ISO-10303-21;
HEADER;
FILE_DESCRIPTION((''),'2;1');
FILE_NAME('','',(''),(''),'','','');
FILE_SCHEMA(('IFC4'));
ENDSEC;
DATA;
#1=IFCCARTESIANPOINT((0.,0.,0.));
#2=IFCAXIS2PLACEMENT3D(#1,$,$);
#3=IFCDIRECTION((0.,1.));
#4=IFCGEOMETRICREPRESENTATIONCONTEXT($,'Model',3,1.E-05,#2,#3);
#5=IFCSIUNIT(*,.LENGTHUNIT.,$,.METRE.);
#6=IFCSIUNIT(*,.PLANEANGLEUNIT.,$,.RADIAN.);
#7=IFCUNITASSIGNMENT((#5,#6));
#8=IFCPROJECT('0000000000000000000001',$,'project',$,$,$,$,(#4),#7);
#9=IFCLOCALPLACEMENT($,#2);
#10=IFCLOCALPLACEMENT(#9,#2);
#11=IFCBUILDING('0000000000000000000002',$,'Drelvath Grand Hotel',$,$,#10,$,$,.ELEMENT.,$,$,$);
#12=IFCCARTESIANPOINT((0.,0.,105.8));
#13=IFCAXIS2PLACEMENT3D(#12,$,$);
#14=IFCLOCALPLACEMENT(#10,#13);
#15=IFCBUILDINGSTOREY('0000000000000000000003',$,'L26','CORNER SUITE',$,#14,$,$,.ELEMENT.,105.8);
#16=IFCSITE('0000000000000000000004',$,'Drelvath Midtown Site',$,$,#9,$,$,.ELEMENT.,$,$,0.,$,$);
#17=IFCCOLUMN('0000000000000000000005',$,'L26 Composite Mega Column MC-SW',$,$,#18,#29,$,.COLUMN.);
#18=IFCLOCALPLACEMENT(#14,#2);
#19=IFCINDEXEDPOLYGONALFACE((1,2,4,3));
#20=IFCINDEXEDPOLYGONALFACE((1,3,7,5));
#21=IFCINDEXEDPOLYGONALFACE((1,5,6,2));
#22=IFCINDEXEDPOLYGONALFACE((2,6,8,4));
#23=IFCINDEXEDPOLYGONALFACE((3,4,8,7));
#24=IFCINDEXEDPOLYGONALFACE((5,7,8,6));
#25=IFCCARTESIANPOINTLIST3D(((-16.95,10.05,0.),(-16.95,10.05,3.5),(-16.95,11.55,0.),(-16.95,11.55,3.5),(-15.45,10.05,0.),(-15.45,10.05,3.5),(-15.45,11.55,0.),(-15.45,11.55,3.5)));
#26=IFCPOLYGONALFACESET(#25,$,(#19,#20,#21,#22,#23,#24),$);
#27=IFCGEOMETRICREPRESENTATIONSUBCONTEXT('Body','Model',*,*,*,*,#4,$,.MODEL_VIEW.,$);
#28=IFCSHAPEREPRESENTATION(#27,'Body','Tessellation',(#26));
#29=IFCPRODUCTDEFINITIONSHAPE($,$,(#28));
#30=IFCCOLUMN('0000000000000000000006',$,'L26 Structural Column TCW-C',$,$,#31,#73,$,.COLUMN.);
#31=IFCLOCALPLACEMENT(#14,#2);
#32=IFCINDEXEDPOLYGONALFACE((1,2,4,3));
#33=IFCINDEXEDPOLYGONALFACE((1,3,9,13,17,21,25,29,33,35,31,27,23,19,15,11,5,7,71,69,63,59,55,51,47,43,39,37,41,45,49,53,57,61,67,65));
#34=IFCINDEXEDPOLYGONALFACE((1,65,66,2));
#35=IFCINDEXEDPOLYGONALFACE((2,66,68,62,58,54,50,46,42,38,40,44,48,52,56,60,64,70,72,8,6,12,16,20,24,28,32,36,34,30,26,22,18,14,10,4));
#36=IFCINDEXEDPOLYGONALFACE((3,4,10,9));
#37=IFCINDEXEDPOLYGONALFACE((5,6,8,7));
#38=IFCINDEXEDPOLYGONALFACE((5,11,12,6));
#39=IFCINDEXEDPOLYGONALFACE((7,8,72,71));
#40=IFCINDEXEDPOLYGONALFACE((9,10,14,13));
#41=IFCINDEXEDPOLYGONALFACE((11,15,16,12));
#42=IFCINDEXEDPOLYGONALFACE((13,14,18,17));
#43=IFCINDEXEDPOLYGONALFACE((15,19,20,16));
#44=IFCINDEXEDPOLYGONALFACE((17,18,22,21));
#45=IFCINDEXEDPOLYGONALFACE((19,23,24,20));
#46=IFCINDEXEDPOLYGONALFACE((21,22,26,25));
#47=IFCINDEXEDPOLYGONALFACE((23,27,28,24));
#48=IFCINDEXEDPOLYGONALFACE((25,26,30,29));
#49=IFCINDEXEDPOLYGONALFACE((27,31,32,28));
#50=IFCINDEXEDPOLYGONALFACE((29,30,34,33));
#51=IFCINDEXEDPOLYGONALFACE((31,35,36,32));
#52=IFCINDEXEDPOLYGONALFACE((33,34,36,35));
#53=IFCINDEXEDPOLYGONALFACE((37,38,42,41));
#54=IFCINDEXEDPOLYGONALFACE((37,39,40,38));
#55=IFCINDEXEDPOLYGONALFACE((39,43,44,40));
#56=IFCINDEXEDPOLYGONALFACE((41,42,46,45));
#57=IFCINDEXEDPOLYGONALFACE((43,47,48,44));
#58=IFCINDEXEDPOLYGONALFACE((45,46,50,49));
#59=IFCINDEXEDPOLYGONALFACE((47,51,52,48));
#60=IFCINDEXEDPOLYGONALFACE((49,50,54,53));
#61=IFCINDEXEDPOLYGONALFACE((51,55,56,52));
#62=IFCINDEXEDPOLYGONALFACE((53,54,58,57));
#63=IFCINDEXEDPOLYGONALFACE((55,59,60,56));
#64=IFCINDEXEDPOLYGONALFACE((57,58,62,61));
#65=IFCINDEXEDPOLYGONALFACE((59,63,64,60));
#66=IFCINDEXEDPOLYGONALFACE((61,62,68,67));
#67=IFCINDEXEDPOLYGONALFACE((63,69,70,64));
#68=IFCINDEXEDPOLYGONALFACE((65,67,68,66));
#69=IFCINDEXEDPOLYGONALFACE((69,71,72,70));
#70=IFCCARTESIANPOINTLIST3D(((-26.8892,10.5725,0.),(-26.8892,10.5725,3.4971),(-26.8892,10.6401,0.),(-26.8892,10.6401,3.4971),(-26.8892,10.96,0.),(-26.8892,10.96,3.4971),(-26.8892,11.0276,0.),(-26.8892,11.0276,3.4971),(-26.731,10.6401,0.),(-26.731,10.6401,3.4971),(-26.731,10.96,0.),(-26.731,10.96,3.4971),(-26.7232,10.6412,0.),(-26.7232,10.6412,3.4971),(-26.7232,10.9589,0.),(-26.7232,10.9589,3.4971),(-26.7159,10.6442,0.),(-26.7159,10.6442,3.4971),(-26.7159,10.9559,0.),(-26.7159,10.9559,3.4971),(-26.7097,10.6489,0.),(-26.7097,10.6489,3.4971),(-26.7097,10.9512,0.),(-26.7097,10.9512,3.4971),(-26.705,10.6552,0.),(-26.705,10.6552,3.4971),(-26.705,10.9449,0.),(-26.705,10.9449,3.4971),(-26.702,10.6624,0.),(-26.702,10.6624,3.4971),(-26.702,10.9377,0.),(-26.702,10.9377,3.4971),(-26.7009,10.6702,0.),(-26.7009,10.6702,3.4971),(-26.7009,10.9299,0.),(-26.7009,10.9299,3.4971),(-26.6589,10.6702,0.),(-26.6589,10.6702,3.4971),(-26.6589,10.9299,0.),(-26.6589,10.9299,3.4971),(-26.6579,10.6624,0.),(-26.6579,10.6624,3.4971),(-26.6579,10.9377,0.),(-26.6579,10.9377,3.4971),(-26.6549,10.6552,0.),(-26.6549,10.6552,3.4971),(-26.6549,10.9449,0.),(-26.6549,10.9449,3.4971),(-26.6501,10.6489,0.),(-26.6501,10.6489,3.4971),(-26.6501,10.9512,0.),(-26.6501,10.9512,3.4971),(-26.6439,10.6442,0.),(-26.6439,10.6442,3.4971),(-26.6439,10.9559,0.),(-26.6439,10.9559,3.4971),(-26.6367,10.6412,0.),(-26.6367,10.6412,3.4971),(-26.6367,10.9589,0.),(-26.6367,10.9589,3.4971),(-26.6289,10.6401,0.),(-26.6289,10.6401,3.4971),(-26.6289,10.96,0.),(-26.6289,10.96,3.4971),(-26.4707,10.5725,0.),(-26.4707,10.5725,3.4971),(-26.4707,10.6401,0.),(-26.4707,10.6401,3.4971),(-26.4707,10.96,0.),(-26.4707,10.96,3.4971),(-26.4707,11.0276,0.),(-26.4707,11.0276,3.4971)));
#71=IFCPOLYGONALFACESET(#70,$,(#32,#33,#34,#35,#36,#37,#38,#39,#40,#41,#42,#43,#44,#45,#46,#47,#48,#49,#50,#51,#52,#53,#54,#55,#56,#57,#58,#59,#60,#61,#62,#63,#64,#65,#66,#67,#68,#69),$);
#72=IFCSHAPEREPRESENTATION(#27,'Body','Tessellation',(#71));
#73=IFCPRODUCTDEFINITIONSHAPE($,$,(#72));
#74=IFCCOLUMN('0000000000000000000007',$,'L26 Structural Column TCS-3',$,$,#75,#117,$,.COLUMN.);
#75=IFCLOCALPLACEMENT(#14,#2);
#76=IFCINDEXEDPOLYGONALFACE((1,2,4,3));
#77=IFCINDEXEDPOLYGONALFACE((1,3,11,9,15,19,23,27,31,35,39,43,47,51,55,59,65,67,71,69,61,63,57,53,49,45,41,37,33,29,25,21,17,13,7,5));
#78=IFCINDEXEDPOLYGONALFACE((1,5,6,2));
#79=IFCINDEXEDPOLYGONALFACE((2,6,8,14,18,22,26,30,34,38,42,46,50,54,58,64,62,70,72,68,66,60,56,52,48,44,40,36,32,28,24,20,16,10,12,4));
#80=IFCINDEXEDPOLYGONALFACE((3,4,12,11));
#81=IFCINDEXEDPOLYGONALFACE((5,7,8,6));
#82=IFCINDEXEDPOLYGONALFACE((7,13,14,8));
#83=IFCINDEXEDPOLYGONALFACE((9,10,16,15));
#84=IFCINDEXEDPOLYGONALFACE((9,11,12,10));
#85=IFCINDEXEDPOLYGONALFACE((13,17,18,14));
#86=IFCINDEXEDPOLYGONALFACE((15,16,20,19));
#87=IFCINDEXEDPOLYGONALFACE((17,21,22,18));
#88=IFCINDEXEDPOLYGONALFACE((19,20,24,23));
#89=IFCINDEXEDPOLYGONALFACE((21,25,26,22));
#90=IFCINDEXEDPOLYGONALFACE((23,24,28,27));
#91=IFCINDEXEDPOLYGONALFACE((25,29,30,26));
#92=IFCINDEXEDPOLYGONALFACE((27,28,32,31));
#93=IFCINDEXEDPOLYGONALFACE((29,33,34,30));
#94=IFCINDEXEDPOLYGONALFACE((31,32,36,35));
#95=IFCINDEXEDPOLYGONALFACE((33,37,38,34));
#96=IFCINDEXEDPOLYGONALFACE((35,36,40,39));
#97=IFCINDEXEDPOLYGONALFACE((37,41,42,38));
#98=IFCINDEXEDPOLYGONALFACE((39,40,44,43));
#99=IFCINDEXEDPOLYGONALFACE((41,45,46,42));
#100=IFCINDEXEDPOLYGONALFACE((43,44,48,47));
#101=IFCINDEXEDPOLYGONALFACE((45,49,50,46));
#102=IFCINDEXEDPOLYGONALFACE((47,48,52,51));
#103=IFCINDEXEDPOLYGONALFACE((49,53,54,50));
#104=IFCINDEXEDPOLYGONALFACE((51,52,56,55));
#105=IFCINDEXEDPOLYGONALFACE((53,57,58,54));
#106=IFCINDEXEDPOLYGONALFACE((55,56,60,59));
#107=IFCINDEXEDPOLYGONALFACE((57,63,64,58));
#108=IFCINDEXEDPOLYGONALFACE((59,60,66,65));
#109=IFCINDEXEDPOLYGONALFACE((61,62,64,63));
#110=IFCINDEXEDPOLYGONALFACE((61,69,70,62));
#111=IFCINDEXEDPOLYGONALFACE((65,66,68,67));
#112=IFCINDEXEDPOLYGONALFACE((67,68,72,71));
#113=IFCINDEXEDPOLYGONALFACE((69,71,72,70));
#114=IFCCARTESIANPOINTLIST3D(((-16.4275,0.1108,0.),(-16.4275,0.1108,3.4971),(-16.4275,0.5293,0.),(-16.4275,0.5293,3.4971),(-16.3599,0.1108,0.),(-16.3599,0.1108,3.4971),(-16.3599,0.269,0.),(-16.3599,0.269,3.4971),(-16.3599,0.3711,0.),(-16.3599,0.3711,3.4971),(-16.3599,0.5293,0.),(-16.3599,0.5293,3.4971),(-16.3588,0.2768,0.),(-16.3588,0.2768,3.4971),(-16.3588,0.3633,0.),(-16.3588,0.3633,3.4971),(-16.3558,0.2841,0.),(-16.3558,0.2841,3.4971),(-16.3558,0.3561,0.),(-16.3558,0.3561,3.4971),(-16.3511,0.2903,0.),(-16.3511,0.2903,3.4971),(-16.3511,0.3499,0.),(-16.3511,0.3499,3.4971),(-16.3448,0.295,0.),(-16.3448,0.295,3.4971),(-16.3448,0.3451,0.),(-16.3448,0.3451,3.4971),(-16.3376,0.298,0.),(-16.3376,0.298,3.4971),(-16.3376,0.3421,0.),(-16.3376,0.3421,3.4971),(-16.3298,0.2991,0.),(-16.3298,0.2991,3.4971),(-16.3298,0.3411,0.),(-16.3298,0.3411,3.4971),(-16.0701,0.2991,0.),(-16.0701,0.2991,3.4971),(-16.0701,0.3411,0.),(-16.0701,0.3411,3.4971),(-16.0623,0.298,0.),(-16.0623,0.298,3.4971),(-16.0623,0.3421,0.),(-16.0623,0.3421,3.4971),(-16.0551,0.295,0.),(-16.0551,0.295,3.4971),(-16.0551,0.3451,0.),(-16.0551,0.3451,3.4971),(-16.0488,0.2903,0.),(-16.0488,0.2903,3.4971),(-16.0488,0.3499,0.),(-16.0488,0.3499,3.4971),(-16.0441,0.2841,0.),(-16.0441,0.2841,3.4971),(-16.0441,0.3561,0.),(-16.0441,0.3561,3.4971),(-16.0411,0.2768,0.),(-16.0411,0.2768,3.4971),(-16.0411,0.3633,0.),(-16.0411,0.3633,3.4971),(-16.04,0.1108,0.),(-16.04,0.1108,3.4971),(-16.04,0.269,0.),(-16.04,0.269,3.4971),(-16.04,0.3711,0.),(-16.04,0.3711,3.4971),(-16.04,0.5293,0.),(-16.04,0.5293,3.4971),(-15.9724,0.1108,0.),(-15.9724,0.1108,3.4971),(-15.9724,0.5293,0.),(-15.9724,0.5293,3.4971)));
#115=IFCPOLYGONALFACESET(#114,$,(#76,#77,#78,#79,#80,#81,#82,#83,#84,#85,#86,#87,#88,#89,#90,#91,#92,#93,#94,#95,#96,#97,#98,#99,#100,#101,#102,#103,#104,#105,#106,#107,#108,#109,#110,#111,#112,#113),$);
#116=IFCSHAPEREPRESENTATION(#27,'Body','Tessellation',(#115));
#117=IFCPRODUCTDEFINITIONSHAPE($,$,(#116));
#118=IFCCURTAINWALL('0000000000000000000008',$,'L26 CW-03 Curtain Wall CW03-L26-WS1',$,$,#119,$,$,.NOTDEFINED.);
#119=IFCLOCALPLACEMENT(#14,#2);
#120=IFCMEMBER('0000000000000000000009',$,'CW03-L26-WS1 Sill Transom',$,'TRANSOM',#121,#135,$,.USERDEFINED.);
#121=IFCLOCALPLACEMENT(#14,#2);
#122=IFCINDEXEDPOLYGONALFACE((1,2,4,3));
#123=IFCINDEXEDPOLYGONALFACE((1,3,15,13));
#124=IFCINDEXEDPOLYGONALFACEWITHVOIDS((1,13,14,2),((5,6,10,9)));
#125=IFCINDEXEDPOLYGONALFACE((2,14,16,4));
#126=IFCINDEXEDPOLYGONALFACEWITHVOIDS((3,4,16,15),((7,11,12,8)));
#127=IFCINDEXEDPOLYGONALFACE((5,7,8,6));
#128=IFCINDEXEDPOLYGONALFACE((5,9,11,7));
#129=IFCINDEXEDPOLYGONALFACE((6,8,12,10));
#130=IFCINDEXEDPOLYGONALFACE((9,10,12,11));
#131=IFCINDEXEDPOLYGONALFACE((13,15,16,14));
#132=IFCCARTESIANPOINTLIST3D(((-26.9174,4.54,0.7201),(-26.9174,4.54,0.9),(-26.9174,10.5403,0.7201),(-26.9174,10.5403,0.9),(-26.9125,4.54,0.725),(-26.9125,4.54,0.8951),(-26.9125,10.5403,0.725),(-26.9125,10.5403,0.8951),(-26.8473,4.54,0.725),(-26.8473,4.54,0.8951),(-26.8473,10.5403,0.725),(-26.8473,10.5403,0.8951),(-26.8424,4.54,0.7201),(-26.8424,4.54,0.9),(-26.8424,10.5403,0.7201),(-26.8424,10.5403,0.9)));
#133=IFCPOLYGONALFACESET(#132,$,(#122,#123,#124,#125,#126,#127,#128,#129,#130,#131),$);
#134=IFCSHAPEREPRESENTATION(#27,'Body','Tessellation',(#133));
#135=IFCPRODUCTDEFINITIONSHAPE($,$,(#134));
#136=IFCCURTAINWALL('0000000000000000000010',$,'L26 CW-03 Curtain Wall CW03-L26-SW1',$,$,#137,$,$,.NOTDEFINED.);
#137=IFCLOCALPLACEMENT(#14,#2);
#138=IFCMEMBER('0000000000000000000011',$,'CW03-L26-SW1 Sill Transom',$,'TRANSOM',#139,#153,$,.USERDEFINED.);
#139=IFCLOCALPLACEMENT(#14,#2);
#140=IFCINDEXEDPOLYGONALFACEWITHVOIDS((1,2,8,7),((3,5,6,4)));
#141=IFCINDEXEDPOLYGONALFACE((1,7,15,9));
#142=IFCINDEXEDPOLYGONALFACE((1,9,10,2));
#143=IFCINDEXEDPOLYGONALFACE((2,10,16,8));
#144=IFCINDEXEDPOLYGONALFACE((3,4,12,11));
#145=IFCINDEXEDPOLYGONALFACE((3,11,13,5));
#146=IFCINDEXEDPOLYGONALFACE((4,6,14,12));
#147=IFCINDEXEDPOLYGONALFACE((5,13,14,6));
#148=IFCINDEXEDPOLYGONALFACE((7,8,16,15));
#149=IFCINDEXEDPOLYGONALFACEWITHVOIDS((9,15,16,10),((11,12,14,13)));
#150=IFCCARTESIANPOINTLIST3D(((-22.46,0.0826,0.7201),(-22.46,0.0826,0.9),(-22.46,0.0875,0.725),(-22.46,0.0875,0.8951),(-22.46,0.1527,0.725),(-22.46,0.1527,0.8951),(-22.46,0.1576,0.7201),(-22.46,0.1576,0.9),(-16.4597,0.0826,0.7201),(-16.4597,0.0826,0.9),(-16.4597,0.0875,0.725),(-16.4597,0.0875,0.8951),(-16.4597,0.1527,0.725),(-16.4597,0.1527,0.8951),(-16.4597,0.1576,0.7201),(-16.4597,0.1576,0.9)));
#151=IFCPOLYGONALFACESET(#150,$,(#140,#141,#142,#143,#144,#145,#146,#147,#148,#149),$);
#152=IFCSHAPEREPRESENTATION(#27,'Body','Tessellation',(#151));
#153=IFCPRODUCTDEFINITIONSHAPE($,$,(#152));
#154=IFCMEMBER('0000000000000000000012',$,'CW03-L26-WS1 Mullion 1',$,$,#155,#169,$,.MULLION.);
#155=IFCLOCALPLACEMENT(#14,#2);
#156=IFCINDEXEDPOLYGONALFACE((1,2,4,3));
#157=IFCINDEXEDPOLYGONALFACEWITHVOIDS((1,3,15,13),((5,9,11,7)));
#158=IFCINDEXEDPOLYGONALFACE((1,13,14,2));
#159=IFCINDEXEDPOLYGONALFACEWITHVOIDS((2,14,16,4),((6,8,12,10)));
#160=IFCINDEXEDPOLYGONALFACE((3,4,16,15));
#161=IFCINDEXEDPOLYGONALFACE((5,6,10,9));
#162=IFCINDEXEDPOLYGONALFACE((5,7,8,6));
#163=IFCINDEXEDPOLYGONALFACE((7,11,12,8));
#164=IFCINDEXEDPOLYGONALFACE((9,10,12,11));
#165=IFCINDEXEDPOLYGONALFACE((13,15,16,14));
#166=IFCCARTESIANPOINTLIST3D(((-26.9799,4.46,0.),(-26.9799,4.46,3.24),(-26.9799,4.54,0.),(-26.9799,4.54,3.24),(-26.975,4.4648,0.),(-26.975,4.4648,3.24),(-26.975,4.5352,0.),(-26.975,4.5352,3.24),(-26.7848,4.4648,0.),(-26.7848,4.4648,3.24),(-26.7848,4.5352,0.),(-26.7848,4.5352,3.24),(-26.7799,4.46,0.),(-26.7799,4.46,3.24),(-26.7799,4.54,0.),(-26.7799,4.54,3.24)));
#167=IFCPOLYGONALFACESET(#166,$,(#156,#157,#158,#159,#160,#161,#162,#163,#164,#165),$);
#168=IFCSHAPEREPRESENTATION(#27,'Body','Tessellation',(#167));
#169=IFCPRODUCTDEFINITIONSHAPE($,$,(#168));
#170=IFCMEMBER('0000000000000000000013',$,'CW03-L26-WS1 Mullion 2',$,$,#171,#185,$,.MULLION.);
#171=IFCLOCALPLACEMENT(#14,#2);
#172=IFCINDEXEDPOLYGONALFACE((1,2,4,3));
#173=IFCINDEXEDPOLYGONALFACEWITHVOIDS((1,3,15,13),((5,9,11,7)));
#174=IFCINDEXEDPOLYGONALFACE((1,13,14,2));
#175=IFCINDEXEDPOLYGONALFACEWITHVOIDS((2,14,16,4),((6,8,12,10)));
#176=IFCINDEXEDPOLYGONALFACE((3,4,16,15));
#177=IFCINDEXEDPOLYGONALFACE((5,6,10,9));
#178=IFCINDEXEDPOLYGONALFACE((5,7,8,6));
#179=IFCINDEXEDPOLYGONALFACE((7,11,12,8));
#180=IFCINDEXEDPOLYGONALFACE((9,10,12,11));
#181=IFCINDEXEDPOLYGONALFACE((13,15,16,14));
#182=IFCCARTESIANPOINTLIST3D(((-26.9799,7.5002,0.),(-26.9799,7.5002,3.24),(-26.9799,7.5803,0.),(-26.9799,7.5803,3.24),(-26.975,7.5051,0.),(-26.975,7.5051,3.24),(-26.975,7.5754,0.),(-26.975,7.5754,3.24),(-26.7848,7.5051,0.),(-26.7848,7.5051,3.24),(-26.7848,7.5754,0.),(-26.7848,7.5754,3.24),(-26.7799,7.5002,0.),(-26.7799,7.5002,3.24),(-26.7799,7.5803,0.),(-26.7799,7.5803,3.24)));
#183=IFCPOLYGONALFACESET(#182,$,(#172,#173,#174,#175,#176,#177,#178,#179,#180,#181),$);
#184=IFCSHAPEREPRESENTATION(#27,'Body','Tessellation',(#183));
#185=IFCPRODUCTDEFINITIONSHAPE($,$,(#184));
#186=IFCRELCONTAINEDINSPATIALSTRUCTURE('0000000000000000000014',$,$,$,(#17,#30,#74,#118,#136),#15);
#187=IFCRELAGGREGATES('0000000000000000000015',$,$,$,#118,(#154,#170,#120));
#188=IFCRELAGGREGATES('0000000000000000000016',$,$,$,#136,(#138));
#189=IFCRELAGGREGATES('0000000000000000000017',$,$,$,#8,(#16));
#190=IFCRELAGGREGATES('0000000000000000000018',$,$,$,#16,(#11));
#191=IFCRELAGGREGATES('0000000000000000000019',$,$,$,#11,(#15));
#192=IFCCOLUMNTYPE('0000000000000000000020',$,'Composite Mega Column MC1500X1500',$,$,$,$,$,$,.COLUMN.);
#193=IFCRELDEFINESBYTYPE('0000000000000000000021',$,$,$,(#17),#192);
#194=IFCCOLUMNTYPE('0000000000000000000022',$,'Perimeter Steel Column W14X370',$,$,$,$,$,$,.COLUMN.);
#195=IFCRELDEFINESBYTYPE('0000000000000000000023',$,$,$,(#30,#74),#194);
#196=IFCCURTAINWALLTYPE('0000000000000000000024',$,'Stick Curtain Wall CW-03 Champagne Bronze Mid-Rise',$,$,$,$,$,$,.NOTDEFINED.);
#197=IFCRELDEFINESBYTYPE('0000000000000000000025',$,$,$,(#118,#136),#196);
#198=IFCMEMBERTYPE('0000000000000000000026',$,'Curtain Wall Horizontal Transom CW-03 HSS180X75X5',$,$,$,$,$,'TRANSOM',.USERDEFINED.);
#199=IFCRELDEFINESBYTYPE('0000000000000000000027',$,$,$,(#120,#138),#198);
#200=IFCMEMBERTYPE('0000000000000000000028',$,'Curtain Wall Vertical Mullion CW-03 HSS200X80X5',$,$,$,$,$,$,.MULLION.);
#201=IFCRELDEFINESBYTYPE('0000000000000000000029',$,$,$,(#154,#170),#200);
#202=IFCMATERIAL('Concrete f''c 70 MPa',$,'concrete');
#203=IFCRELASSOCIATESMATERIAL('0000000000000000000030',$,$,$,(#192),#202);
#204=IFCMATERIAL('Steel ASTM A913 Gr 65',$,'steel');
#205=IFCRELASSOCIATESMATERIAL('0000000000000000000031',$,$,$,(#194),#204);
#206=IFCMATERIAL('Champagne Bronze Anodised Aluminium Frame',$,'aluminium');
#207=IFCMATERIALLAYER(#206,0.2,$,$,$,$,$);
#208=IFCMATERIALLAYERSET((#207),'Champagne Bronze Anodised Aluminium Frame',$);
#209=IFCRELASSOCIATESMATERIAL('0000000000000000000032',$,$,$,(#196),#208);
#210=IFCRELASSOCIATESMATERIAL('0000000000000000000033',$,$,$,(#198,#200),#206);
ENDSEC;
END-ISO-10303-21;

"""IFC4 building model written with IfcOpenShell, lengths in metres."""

from ifc_helpers import new_model, si_unit, direction, frame, origin, origin_2d, place, context, subcontext, project, spatial, rectangle, hollow_rectangle, i_section, extrude, material, layer, layer_set, material_profile, profile_set, type_object, element, aggregate, save


model = new_model("IFC4")

# Units and contexts
model_context = context("Model", 3, precision=1e-05, world=origin(), true_north=direction((0.0, 1.0)))
body_context = subcontext(model_context, "Body", "Model", "MODEL_VIEW")
ifc_project = project(units=[si_unit("LENGTHUNIT", "METRE"), si_unit("PLANEANGLEUNIT", "RADIAN")], contexts=[model_context])

# Site, building, storey
site_placement = place(None, origin())
site = spatial("IfcSite", under=ifc_project, at=site_placement, Name="Drelvath Midtown Site", CompositionType="ELEMENT", RefElevation=0.0)
building_placement = place(site_placement, origin())
building = spatial("IfcBuilding", under=site, at=building_placement, Name="Drelvath Grand Hotel", CompositionType="ELEMENT")
storey_placement = place(building_placement, frame((0.0, 0.0, 105.8)))
storey = spatial("IfcBuildingStorey", under=building, at=storey_placement, Name="L26", Description="CORNER SUITE", CompositionType="ELEMENT", Elevation=105.8)

# Columns
ifc_material_1 = material(Name="Concrete f'c 70 MPa", Category="concrete")
ifc_material_profile_1 = material_profile(ifc_material_1, rectangle(XDim=1.5, YDim=1.5, at=origin_2d()), Name="MC1500X1500")
ifc_profile_set_1 = profile_set([ifc_material_profile_1], Name="Concrete f'c 70 MPa")
column_type_1 = type_object("IfcColumnType", Name="Composite Mega Column MC1500X1500", PredefinedType="COLUMN", material=ifc_profile_set_1)
column_placement = place(storey_placement, frame((-16.2, 10.8, 0.0), z_axis=(0.0, 0.0, 1.0), x_axis=(1.0, 0.0, 0.0)))
element("IfcColumn", 1, at=column_placement, inside=storey, type_object=column_type_1, Name="L26 Composite Mega Column MC-SW", PredefinedType="COLUMN", context=body_context, shape_type="SweptSolid", body=[
    extrude(rectangle(XDim=1.5, YDim=1.5, at=origin_2d()), origin(), (0.0, 0.0, 1.0), 3.5),
])
ifc_material_2 = material(Name="Steel ASTM A913 Gr 65", Category="steel")
ifc_material_profile_2 = material_profile(ifc_material_2, i_section(OverallWidth=0.4185, OverallDepth=0.4551, WebThickness=0.042, FlangeThickness=0.0676, FilletRadius=0.03, at=origin_2d()), Name="W14X370")
ifc_profile_set_2 = profile_set([ifc_material_profile_2], Name="Steel ASTM A913 Gr 65")
column_type_2 = type_object("IfcColumnType", Name="Perimeter Steel Column W14X370", PredefinedType="COLUMN", material=ifc_profile_set_2)
for number, where, z_axis, x_axis, name in (
    (2, (-26.6799, 10.8, 0.0), (0.0, 0.0, 1.0), (1.0, 0.0, 0.0), "L26 Structural Column TCW-C"),
    (3, (-16.2, 0.3201, 0.0), (0.0, 0.0, 1.0), (0.0, 1.0, 0.0), "L26 Structural Column TCS-3"),
):
    element("IfcColumn", number, at=place(storey_placement, frame(where, z_axis=z_axis, x_axis=x_axis)), inside=storey, type_object=column_type_2, Name=name, PredefinedType="COLUMN", context=body_context, shape_type="SweptSolid", body=[
        extrude(i_section(OverallWidth=0.4185, OverallDepth=0.4551, WebThickness=0.042, FlangeThickness=0.0676, FilletRadius=0.03, at=origin_2d()), origin(), (0.0, 0.0, 1.0), 3.4971),
    ])

# Curtain walls, members
ifc_material_3 = material(Name="Champagne Bronze Anodised Aluminium Frame", Category="aluminium")
ifc_layer_1 = layer(ifc_material_3, 0.2)
ifc_layer_set_1 = layer_set([ifc_layer_1], Name="Champagne Bronze Anodised Aluminium Frame")
curtain_wall_type = type_object("IfcCurtainWallType", Name="Stick Curtain Wall CW-03 Champagne Bronze Mid-Rise", PredefinedType="NOTDEFINED", material=ifc_layer_set_1)
curtain_wall_1_placement = place(storey_placement, origin())
curtain_wall_1 = element("IfcCurtainWall", 4, at=curtain_wall_1_placement, inside=storey, type_object=curtain_wall_type, Name="L26 CW-03 Curtain Wall CW03-L26-WS1", PredefinedType="NOTDEFINED")
ifc_material_profile_3 = material_profile(ifc_material_3, hollow_rectangle(XDim=0.075, YDim=0.1799, WallThickness=0.0049, at=origin_2d()), Name="HSS180X75X5")
ifc_profile_set_3 = profile_set([ifc_material_profile_3], Name="Champagne Bronze Anodised Aluminium Frame")
member_type_1 = type_object("IfcMemberType", Name="Curtain Wall Horizontal Transom CW-03 HSS180X75X5", ElementType="TRANSOM", PredefinedType="USERDEFINED", material=ifc_profile_set_3)
member_1_placement = place(storey_placement, frame((-26.8799, 4.54, 0.8101), z_axis=(0.0, 1.0, 0.0), x_axis=(-1.0, 0.0, 0.0)))
member_1 = element("IfcMember", 5, at=member_1_placement, type_object=member_type_1, Name="CW03-L26-WS1 Sill Transom", ObjectType="TRANSOM", PredefinedType="USERDEFINED", context=body_context, shape_type="SweptSolid", body=[
    extrude(hollow_rectangle(XDim=0.075, YDim=0.1799, WallThickness=0.0049, at=origin_2d()), origin(), (0.0, 0.0, 1.0), 6.0002),
])
curtain_wall_2_placement = place(storey_placement, origin())
curtain_wall_2 = element("IfcCurtainWall", 6, at=curtain_wall_2_placement, inside=storey, type_object=curtain_wall_type, Name="L26 CW-03 Curtain Wall CW03-L26-SW1", PredefinedType="NOTDEFINED")
member_2_placement = place(storey_placement, frame((-16.4597, 0.1201, 0.8101), z_axis=(-1.0, 0.0, 0.0), x_axis=(0.0, -1.0, 0.0)))
member_2 = element("IfcMember", 7, at=member_2_placement, type_object=member_type_1, Name="CW03-L26-SW1 Sill Transom", ObjectType="TRANSOM", PredefinedType="USERDEFINED", context=body_context, shape_type="SweptSolid", body=[
    extrude(hollow_rectangle(XDim=0.075, YDim=0.1799, WallThickness=0.0049, at=origin_2d()), origin(), (0.0, 0.0, 1.0), 6.0002),
])

# Members
ifc_material_profile_4 = material_profile(ifc_material_3, hollow_rectangle(XDim=0.0801, YDim=0.2, WallThickness=0.0049, at=origin_2d()), Name="HSS200X80X5")
ifc_profile_set_4 = profile_set([ifc_material_profile_4], Name="Champagne Bronze Anodised Aluminium Frame")
member_type_2 = type_object("IfcMemberType", Name="Curtain Wall Vertical Mullion CW-03 HSS200X80X5", PredefinedType="MULLION", material=ifc_profile_set_4)
member_3_placement = place(storey_placement, frame((-26.8799, 4.5, 0.0), z_axis=(0.0, 0.0, 1.0), x_axis=(0.0, 1.0, 0.0)))
member_3 = element("IfcMember", 8, at=member_3_placement, type_object=member_type_2, Name="CW03-L26-WS1 Mullion 1", PredefinedType="MULLION", context=body_context, shape_type="SweptSolid", body=[
    extrude(hollow_rectangle(XDim=0.0801, YDim=0.2, WallThickness=0.0049, at=origin_2d()), origin(), (0.0, 0.0, 1.0), 3.24),
])
member_4_placement = place(storey_placement, frame((-26.8799, 7.5403, 0.0), z_axis=(0.0, 0.0, 1.0), x_axis=(0.0, 1.0, 0.0)))
member_4 = element("IfcMember", 9, at=member_4_placement, type_object=member_type_2, Name="CW03-L26-WS1 Mullion 2", PredefinedType="MULLION", context=body_context, shape_type="SweptSolid", body=[
    extrude(hollow_rectangle(XDim=0.0801, YDim=0.2, WallThickness=0.0049, at=origin_2d()), origin(), (0.0, 0.0, 1.0), 3.24),
])

aggregate(curtain_wall_1, [member_3, member_4, member_1])
aggregate(curtain_wall_2, [member_2])

save(model, "model.ifc")
